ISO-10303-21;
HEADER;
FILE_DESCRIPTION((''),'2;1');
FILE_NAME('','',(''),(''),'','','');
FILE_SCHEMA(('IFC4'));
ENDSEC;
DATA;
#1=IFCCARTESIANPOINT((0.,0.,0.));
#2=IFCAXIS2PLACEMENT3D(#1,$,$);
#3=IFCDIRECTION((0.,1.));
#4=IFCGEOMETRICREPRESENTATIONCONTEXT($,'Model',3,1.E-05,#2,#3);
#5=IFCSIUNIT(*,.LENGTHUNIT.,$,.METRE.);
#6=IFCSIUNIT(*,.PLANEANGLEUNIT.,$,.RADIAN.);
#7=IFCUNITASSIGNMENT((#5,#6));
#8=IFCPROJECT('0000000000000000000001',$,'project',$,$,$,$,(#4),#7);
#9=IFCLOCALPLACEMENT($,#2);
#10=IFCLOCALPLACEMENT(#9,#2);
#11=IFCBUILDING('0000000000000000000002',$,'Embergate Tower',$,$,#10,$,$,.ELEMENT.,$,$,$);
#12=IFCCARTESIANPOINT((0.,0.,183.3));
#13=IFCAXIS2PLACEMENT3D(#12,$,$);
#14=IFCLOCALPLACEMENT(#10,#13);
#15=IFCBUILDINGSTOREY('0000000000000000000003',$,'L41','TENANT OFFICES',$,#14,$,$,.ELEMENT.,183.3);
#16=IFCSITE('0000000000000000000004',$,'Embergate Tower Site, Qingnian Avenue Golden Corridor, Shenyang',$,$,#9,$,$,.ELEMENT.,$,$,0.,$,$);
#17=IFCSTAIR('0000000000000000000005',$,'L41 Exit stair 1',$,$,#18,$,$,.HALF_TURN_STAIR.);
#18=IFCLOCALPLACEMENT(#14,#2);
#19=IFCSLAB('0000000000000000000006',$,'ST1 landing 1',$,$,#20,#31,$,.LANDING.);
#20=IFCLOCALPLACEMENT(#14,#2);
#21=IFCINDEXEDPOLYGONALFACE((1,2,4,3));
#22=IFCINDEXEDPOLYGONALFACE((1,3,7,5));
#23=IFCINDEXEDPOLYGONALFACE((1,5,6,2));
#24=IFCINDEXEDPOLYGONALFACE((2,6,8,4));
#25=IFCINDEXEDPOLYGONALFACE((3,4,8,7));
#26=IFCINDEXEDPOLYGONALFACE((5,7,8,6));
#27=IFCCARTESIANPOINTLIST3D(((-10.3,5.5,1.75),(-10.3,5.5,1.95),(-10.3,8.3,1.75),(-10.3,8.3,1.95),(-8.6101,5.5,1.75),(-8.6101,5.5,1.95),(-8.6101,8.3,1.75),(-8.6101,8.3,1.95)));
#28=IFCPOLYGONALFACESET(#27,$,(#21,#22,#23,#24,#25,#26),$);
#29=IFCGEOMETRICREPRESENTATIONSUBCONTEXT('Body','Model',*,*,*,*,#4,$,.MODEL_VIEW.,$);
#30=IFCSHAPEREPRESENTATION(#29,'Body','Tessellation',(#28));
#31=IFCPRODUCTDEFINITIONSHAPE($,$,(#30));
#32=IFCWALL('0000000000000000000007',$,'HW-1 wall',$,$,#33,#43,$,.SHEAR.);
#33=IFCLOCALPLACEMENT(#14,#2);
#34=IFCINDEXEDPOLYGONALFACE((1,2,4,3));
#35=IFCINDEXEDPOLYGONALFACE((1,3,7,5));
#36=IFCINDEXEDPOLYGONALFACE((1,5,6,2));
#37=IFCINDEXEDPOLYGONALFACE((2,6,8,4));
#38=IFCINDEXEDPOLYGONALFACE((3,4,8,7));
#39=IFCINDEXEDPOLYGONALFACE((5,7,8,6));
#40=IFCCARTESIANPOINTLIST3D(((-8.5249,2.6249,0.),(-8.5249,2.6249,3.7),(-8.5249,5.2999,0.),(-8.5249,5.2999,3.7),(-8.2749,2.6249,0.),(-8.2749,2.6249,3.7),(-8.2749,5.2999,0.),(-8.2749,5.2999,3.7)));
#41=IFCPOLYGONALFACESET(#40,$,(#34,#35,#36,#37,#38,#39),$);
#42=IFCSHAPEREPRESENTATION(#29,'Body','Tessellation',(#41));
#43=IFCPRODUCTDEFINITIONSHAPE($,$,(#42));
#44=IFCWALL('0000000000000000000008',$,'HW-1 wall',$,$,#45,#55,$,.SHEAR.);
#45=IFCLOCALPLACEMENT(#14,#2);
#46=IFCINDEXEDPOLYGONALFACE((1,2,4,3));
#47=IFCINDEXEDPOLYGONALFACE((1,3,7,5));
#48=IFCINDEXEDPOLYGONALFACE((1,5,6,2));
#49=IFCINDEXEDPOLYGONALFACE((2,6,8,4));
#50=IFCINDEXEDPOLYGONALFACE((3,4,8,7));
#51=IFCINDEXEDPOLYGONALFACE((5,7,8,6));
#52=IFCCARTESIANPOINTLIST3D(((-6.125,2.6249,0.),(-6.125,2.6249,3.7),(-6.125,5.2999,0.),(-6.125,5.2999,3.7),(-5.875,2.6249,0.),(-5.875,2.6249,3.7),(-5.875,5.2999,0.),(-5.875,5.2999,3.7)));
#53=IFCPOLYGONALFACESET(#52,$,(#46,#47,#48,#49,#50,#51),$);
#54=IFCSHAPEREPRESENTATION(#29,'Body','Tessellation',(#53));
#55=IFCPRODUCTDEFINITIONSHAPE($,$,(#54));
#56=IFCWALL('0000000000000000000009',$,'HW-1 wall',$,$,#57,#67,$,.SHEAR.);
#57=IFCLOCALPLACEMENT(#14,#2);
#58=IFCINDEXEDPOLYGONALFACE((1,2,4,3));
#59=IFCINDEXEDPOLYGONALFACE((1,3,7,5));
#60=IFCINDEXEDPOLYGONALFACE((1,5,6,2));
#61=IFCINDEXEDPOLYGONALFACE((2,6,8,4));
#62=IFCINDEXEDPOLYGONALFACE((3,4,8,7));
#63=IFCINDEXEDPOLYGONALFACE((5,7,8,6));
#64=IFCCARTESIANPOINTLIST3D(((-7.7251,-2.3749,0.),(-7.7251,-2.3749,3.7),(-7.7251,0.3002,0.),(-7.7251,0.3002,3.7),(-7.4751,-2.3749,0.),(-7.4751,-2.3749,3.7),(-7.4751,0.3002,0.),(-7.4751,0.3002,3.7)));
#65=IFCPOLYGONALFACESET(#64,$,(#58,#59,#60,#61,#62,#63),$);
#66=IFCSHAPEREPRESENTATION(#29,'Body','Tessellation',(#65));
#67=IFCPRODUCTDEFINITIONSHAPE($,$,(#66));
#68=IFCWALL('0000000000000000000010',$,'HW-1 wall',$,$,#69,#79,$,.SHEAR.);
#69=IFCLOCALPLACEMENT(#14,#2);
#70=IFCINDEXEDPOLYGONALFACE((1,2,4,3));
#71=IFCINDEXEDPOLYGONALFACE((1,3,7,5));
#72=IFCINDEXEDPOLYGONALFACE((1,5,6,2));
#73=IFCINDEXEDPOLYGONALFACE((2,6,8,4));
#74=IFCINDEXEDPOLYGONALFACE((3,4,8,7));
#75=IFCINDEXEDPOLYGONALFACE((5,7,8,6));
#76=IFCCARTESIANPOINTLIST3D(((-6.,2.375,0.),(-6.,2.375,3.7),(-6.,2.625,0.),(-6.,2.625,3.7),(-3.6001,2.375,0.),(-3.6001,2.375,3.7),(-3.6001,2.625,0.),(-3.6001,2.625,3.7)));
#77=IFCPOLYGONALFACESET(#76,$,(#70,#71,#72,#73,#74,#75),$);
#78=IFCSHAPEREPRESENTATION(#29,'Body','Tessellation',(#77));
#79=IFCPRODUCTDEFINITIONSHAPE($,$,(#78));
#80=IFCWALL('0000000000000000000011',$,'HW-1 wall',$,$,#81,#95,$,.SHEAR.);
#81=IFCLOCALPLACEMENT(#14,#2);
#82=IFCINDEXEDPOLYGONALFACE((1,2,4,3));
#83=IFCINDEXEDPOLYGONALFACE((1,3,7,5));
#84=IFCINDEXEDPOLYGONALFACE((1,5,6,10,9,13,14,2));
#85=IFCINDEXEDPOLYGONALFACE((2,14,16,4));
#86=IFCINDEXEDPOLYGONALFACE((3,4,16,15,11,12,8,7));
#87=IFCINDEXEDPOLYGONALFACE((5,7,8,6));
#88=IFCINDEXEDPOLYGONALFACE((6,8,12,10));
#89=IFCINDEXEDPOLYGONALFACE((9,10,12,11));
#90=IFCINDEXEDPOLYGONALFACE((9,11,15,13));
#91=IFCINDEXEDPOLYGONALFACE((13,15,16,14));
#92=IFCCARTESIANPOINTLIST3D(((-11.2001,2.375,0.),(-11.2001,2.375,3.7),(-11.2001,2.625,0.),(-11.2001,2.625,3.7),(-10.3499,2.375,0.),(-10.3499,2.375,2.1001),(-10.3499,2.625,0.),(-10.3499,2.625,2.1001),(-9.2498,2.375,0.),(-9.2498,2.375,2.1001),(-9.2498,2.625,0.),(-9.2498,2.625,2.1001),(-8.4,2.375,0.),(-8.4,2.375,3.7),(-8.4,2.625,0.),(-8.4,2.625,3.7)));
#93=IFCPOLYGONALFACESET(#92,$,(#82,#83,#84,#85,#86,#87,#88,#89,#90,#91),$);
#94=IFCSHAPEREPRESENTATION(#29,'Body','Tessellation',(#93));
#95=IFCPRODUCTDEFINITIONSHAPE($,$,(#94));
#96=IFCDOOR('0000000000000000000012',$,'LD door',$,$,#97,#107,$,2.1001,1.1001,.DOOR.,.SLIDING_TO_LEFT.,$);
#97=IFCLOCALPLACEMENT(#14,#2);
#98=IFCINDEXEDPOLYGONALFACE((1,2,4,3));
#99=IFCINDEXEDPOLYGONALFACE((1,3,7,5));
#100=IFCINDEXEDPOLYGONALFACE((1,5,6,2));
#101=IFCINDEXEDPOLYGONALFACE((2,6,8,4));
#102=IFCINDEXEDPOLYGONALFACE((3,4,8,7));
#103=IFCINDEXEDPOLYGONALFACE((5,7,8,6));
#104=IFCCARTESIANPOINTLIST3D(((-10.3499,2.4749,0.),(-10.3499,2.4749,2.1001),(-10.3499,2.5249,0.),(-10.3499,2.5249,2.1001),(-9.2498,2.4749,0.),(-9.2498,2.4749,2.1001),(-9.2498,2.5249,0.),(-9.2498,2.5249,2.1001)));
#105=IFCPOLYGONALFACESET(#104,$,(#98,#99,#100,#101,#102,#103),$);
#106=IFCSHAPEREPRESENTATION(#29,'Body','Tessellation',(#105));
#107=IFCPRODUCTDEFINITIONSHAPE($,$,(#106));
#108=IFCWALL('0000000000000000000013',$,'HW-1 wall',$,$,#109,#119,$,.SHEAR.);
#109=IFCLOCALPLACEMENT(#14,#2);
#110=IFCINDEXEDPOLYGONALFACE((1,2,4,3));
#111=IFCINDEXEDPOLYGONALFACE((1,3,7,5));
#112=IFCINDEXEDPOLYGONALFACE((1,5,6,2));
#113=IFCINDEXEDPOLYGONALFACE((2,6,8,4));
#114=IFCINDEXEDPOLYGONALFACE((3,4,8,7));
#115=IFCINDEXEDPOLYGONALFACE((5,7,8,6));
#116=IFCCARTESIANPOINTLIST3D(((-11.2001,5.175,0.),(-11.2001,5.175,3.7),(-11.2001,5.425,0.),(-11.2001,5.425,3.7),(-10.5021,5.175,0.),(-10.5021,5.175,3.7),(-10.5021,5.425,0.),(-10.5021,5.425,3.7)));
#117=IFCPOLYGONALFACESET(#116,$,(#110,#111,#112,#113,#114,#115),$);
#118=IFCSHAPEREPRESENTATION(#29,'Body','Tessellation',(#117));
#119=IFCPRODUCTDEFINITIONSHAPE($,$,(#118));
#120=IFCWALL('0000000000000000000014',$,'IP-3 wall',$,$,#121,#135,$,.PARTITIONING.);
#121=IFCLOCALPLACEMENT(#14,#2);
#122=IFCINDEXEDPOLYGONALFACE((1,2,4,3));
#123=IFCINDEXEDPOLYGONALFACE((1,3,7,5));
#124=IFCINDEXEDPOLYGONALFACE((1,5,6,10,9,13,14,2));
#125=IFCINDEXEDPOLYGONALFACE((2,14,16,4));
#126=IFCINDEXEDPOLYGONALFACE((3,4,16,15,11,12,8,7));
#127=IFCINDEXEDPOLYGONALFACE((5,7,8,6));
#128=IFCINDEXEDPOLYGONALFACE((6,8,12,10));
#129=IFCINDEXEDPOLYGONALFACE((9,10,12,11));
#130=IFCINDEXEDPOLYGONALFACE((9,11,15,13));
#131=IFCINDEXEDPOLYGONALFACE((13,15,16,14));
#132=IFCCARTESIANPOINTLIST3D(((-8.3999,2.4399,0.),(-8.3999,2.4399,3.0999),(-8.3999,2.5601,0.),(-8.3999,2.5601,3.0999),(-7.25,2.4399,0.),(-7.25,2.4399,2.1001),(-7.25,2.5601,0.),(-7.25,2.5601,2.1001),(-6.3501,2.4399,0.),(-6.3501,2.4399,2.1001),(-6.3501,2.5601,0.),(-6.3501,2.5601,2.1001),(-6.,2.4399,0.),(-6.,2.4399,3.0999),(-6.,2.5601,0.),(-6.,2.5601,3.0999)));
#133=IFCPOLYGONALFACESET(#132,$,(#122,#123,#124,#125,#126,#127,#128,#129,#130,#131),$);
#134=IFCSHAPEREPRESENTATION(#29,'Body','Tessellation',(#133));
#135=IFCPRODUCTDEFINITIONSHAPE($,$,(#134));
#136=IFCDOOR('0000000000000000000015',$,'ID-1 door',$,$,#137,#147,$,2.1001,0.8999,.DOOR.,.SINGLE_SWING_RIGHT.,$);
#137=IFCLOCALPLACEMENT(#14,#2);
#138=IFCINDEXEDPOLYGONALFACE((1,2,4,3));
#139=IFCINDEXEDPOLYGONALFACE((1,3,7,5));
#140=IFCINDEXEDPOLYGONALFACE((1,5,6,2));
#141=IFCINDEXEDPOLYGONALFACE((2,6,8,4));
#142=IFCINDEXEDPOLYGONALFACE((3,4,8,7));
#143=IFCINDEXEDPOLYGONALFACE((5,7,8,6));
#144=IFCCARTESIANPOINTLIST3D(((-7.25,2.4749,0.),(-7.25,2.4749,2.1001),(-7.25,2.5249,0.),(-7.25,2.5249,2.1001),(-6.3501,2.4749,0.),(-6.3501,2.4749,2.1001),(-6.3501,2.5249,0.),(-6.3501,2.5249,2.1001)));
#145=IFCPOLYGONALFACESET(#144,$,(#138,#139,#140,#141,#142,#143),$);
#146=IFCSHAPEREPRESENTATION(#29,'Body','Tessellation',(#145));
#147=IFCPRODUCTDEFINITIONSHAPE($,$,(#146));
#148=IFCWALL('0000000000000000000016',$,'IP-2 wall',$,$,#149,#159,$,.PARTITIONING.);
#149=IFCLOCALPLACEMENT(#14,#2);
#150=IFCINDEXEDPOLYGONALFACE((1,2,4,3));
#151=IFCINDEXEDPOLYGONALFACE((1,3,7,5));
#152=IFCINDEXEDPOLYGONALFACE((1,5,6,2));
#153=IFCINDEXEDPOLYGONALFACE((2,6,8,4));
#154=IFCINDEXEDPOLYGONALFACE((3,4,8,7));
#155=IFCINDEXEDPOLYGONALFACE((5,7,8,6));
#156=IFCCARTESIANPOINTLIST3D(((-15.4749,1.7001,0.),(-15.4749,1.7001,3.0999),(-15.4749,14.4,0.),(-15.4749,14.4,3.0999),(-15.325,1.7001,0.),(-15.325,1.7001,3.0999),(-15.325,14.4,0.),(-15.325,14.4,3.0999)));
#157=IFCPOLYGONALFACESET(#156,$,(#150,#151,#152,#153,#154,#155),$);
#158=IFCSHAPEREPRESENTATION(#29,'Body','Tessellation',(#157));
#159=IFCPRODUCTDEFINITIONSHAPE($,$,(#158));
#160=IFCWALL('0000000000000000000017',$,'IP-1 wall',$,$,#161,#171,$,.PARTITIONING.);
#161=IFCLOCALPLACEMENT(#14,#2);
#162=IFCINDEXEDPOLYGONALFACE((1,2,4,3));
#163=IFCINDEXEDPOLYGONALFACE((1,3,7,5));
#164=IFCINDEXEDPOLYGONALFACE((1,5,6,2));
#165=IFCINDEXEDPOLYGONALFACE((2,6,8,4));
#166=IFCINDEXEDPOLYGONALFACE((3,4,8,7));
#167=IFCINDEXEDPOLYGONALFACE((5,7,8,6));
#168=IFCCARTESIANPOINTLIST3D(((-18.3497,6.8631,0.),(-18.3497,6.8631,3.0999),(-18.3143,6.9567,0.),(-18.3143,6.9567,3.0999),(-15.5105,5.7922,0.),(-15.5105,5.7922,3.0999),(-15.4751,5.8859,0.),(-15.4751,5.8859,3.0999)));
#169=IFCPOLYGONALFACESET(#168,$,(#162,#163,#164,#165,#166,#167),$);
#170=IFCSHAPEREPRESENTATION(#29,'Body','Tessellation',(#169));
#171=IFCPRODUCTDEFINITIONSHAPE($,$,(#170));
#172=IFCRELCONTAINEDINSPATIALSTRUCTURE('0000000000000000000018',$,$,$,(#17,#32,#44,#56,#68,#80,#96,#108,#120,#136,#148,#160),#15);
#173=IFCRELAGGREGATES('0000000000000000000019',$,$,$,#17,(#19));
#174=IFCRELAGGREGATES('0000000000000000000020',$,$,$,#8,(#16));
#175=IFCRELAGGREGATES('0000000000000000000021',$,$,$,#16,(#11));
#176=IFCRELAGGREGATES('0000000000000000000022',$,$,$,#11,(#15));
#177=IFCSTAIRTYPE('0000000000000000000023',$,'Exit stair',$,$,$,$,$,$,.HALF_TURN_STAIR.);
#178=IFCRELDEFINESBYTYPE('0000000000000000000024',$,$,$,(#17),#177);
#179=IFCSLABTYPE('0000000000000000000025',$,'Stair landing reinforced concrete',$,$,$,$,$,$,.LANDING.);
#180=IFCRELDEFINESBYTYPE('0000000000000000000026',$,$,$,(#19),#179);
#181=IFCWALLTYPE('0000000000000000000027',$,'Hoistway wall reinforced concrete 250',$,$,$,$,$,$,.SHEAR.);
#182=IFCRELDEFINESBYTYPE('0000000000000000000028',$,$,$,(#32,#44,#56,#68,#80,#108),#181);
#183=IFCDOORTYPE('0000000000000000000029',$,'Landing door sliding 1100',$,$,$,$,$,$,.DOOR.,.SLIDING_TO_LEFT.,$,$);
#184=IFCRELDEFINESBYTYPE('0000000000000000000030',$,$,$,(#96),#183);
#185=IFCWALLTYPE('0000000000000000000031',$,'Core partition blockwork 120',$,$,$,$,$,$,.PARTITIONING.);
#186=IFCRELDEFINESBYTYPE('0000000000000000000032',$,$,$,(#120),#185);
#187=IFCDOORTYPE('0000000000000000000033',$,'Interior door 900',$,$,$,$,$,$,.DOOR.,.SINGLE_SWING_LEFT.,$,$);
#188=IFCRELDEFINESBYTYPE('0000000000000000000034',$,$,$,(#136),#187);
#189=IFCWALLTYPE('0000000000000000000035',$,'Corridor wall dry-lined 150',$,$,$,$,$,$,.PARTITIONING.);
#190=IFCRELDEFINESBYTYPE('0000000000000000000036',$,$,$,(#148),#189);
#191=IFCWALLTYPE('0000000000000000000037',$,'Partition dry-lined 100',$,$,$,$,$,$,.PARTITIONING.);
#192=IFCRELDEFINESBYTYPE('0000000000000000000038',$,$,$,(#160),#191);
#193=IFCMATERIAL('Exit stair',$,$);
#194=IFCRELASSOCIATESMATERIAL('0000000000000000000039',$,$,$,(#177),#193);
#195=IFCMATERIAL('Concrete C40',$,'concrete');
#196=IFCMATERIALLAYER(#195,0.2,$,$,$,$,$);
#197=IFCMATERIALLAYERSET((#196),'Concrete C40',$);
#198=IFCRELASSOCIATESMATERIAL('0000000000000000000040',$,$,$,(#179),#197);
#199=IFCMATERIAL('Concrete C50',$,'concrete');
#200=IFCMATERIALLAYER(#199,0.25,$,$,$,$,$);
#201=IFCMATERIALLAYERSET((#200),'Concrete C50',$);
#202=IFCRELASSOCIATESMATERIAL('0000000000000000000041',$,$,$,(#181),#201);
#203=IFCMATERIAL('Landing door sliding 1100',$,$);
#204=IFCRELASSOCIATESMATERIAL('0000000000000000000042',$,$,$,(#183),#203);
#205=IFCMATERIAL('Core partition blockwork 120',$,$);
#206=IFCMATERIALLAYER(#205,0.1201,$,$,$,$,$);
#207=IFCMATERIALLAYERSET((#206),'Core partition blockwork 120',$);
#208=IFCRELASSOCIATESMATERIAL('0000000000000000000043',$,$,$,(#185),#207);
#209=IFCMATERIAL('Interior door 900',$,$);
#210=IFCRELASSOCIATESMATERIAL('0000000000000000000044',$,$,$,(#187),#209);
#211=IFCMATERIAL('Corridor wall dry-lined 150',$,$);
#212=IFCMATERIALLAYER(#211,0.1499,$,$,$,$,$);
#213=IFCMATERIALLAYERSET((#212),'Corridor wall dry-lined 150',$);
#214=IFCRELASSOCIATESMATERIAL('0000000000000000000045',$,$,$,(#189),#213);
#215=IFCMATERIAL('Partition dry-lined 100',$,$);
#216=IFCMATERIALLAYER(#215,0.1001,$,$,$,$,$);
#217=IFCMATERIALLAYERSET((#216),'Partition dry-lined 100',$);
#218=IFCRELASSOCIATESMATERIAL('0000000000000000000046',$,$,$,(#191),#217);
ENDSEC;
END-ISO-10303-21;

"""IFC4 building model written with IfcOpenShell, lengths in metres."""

from ifc_helpers import new_model, si_unit, direction, frame, frame_2d, origin, place, context, subcontext, project, spatial, polyline, rectangle, outline, extrude, source, transform, mapped, material, layer, layer_set, type_object, element, fill, aggregate, save


model = new_model("IFC4")

# Units and contexts
model_context = context("Model", 3, precision=1e-05, world=origin(), true_north=direction((0.0, 1.0)))
body_context = subcontext(model_context, "Body", "Model", "MODEL_VIEW")
ifc_project = project(units=[si_unit("LENGTHUNIT", "METRE"), si_unit("PLANEANGLEUNIT", "RADIAN")], contexts=[model_context])

# Site, building, storey
site_placement = place(None, origin())
site = spatial("IfcSite", under=ifc_project, at=site_placement, Name="Embergate Tower Site, Qingnian Avenue Golden Corridor, Shenyang", CompositionType="ELEMENT", RefElevation=0.0)
building_placement = place(site_placement, origin())
building = spatial("IfcBuilding", under=site, at=building_placement, Name="Embergate Tower", CompositionType="ELEMENT")
storey_placement = place(building_placement, frame((0.0, 0.0, 183.3)))
storey = spatial("IfcBuildingStorey", under=building, at=storey_placement, Name="L41", Description="TENANT OFFICES", CompositionType="ELEMENT", Elevation=183.3)

# Stair, slab
ifc_material_1 = material(Name="Exit stair")
stair_type = type_object("IfcStairType", Name="Exit stair", PredefinedType="HALF_TURN_STAIR", material=ifc_material_1)
stair_placement = place(storey_placement, origin())
stair = element("IfcStair", 1, at=stair_placement, inside=storey, type_object=stair_type, Name="L41 Exit stair 1", PredefinedType="HALF_TURN_STAIR")
ifc_material_2 = material(Name="Concrete C40", Category="concrete")
ifc_layer_1 = layer(ifc_material_2, 0.2)
ifc_layer_set_1 = layer_set([ifc_layer_1], Name="Concrete C40")
slab_type = type_object("IfcSlabType", Name="Stair landing reinforced concrete", PredefinedType="LANDING", material=ifc_layer_set_1)
shared_shape_1 = source(origin(), body_context, "Body", "SweptSolid", [
    extrude(outline(polyline([(0.0, 0.0), (1.6899, 0.0), (1.6899, 2.8), (0.0, 2.8), (0.0, 0.0)])), origin(), (0.0, 0.0, 1.0), 0.2),
])
slab_placement = place(storey_placement, frame((-10.3, 5.5, 1.75)))
slab = element("IfcSlab", 2, at=slab_placement, type_object=slab_type, Name="ST1 landing 1", PredefinedType="LANDING", context=body_context, shape_type="MappedRepresentation", body=[
    mapped(shared_shape_1, transform((0.0, 0.0, 0.0))),
])

# Walls
ifc_material_3 = material(Name="Concrete C50", Category="concrete")
ifc_layer_2 = layer(ifc_material_3, 0.25)
ifc_layer_set_2 = layer_set([ifc_layer_2], Name="Concrete C50")
wall_type_1 = type_object("IfcWallType", Name="Hoistway wall reinforced concrete 250", PredefinedType="SHEAR", material=ifc_layer_set_2)
shared_shape_2 = source(origin(), body_context, "Body", "SweptSolid", [
    extrude(rectangle(XDim=2.675, YDim=0.25, at=frame_2d((1.3374, 0.0))), origin(), (0.0, 0.0, 1.0), 3.7),
])
for number, where, z_axis, x_axis, name in (
    (3, (-8.3999, 2.625, 0.0), (0.0, 0.0, 1.0), (0.0, 1.0, 0.0), "HW-1 wall"),
    (4, (-6.0, 2.625, 0.0), (0.0, 0.0, 1.0), (0.0, 1.0, 0.0), "HW-1 wall"),
    (5, (-7.6001, 0.3, 0.0), (0.0, 0.0, 1.0), (0.0, -1.0, 0.0), "HW-1 wall"),
):
    element("IfcWall", number, at=place(storey_placement, frame(where, z_axis=z_axis, x_axis=x_axis)), inside=storey, type_object=wall_type_1, Name=name, PredefinedType="SHEAR", context=body_context, shape_type="MappedRepresentation", body=[
        mapped(shared_shape_2, transform((0.0, 0.0, 0.0))),
    ])
shared_shape_3 = source(origin(), body_context, "Body", "SweptSolid", [
    extrude(rectangle(XDim=2.3999, YDim=0.25, at=frame_2d((1.2, 0.0))), origin(), (0.0, 0.0, 1.0), 3.7),
])
wall_1_placement = place(storey_placement, frame((-6.0, 2.5, 0.0), z_axis=(0.0, 0.0, 1.0), x_axis=(1.0, 0.0, 0.0)))
element("IfcWall", 6, at=wall_1_placement, inside=storey, type_object=wall_type_1, Name="HW-1 wall", PredefinedType="SHEAR", context=body_context, shape_type="MappedRepresentation", body=[
    mapped(shared_shape_3, transform((0.0, 0.0, 0.0))),
])

# Wall, opening, door
shared_shape_4 = source(origin(), body_context, "Body", "SweptSolid", [
    extrude(rectangle(XDim=2.8, YDim=0.25, at=frame_2d((1.3999, 0.0))), origin(), (0.0, 0.0, 1.0), 3.7),
])
wall_2_placement = place(storey_placement, frame((-11.2, 2.5, 0.0), z_axis=(0.0, 0.0, 1.0), x_axis=(1.0, 0.0, 0.0)))
wall_2 = element("IfcWall", 7, at=wall_2_placement, inside=storey, type_object=wall_type_1, Name="HW-1 wall", PredefinedType="SHEAR", context=body_context, shape_type="MappedRepresentation", body=[
    mapped(shared_shape_4, transform((0.0, 0.0, 0.0))),
])
shared_shape_5 = source(origin(), body_context, "Body", "SweptSolid", [
    extrude(rectangle(XDim=1.1001, YDim=2.1001, at=frame_2d((0.55, 1.05))), frame((0.0, 0.135, 0.0), z_axis=(0.0, -1.0, 0.0), x_axis=(1.0, 0.0, 0.0)), (0.0, 0.0, 1.0), 0.27),
])
opening_1_placement = place(wall_2_placement, frame((0.8501, 0.0, 0.0)))
opening_1 = element("IfcOpeningElement", 8, at=opening_1_placement, cuts=wall_2, PredefinedType="OPENING", context=body_context, shape_type="MappedRepresentation", body=[
    mapped(shared_shape_5, transform((0.0, 0.0, 0.0))),
])
ifc_material_4 = material(Name="Landing door sliding 1100")
door_type_1 = type_object("IfcDoorType", Name="Landing door sliding 1100", OperationType="SLIDING_TO_LEFT", PredefinedType="DOOR", material=ifc_material_4)
shared_shape_6 = source(origin(), body_context, "Body", "SweptSolid", [
    extrude(rectangle(XDim=1.1001, YDim=2.1001, at=frame_2d((0.55, 1.05))), frame((0.0, 0.0249, 0.0), z_axis=(0.0, -1.0, 0.0), x_axis=(1.0, 0.0, 0.0)), (0.0, 0.0, 1.0), 0.05),
])
door_1_placement = place(opening_1_placement, origin())
door_1 = element("IfcDoor", 9, at=door_1_placement, inside=storey, type_object=door_type_1, Name="LD door", OperationType="SLIDING_TO_LEFT", OverallHeight=2.1001, OverallWidth=1.1001, PredefinedType="DOOR", context=body_context, shape_type="MappedRepresentation", body=[
    mapped(shared_shape_6, transform((0.0, 0.0, 0.0))),
])
fill(opening_1, door_1)

# Wall
shared_shape_7 = source(origin(), body_context, "Body", "SweptSolid", [
    extrude(rectangle(XDim=0.698, YDim=0.25, at=frame_2d((0.3491, 0.0))), origin(), (0.0, 0.0, 1.0), 3.7),
])
wall_3_placement = place(storey_placement, frame((-10.502, 5.3, 0.0), z_axis=(0.0, 0.0, 1.0), x_axis=(-1.0, 0.0, 0.0)))
element("IfcWall", 10, at=wall_3_placement, inside=storey, type_object=wall_type_1, Name="HW-1 wall", PredefinedType="SHEAR", context=body_context, shape_type="MappedRepresentation", body=[
    mapped(shared_shape_7, transform((0.0, 0.0, 0.0))),
])

# Wall, opening, door
ifc_material_5 = material(Name="Core partition blockwork 120")
ifc_layer_3 = layer(ifc_material_5, 0.1201)
ifc_layer_set_3 = layer_set([ifc_layer_3], Name="Core partition blockwork 120")
wall_type_2 = type_object("IfcWallType", Name="Core partition blockwork 120", PredefinedType="PARTITIONING", material=ifc_layer_set_3)
shared_shape_8 = source(origin(), body_context, "Body", "SweptSolid", [
    extrude(rectangle(XDim=2.3999, YDim=0.1201, at=frame_2d((1.2, 0.0))), origin(), (0.0, 0.0, 1.0), 3.0999),
])
wall_4_placement = place(storey_placement, frame((-8.3999, 2.5, 0.0), z_axis=(0.0, 0.0, 1.0), x_axis=(1.0, 0.0, 0.0)))
wall_4 = element("IfcWall", 11, at=wall_4_placement, inside=storey, type_object=wall_type_2, Name="IP-3 wall", PredefinedType="PARTITIONING", context=body_context, shape_type="MappedRepresentation", body=[
    mapped(shared_shape_8, transform((0.0, 0.0, 0.0))),
])
shared_shape_9 = source(origin(), body_context, "Body", "SweptSolid", [
    extrude(rectangle(XDim=0.8999, YDim=2.1001, at=frame_2d((0.45, 1.05))), frame((0.0, 0.0701, 0.0), z_axis=(0.0, -1.0, 0.0), x_axis=(1.0, 0.0, 0.0)), (0.0, 0.0, 1.0), 0.1401),
])
opening_2_placement = place(wall_4_placement, frame((1.1499, 0.0, 0.0)))
opening_2 = element("IfcOpeningElement", 12, at=opening_2_placement, cuts=wall_4, PredefinedType="OPENING", context=body_context, shape_type="MappedRepresentation", body=[
    mapped(shared_shape_9, transform((0.0, 0.0, 0.0))),
])
ifc_material_6 = material(Name="Interior door 900")
door_type_2 = type_object("IfcDoorType", Name="Interior door 900", OperationType="SINGLE_SWING_LEFT", PredefinedType="DOOR", material=ifc_material_6)
shared_shape_10 = source(origin(), body_context, "Body", "SweptSolid", [
    extrude(rectangle(XDim=0.8999, YDim=2.1001, at=frame_2d((0.45, 1.05))), frame((0.0, 0.0249, 0.0), z_axis=(0.0, -1.0, 0.0), x_axis=(1.0, 0.0, 0.0)), (0.0, 0.0, 1.0), 0.05),
])
door_2_placement = place(opening_2_placement, origin())
door_2 = element("IfcDoor", 13, at=door_2_placement, inside=storey, type_object=door_type_2, Name="ID-1 door", OperationType="SINGLE_SWING_RIGHT", OverallHeight=2.1001, OverallWidth=0.8999, PredefinedType="DOOR", context=body_context, shape_type="MappedRepresentation", body=[
    mapped(shared_shape_10, transform((0.0, 0.0, 0.0))),
])
fill(opening_2, door_2)

# Walls
ifc_material_7 = material(Name="Corridor wall dry-lined 150")
ifc_layer_4 = layer(ifc_material_7, 0.1499)
ifc_layer_set_4 = layer_set([ifc_layer_4], Name="Corridor wall dry-lined 150")
wall_type_3 = type_object("IfcWallType", Name="Corridor wall dry-lined 150", PredefinedType="PARTITIONING", material=ifc_layer_set_4)
shared_shape_11 = source(origin(), body_context, "Body", "SweptSolid", [
    extrude(rectangle(XDim=12.7, YDim=0.1499, at=frame_2d((6.3501, 0.0))), origin(), (0.0, 0.0, 1.0), 3.0999),
])
wall_5_placement = place(storey_placement, frame((-15.3999, 1.7, 0.0), z_axis=(0.0, 0.0, 1.0), x_axis=(0.0, 1.0, 0.0)))
element("IfcWall", 14, at=wall_5_placement, inside=storey, type_object=wall_type_3, Name="IP-2 wall", PredefinedType="PARTITIONING", context=body_context, shape_type="MappedRepresentation", body=[
    mapped(shared_shape_11, transform((0.0, 0.0, 0.0))),
])
ifc_material_8 = material(Name="Partition dry-lined 100")
ifc_layer_5 = layer(ifc_material_8, 0.1001)
ifc_layer_set_5 = layer_set([ifc_layer_5], Name="Partition dry-lined 100")
wall_type_4 = type_object("IfcWallType", Name="Partition dry-lined 100", PredefinedType="PARTITIONING", material=ifc_layer_set_5)
shared_shape_12 = source(origin(), body_context, "Body", "SweptSolid", [
    extrude(rectangle(XDim=3.0344, YDim=0.1001, at=frame_2d((1.5171, 0.0))), origin(), (0.0, 0.0, 1.0), 3.0999),
])
wall_6_placement = place(storey_placement, frame((-15.4929, 5.8391, 0.0), z_axis=(0.0, 0.0, 1.0), x_axis=(-0.935663, 0.352895, 0.0)))
element("IfcWall", 15, at=wall_6_placement, inside=storey, type_object=wall_type_4, Name="IP-1 wall", PredefinedType="PARTITIONING", context=body_context, shape_type="MappedRepresentation", body=[
    mapped(shared_shape_12, transform((0.0, 0.0, 0.0))),
])

aggregate(stair, [slab])

save(model, "model.ifc")
